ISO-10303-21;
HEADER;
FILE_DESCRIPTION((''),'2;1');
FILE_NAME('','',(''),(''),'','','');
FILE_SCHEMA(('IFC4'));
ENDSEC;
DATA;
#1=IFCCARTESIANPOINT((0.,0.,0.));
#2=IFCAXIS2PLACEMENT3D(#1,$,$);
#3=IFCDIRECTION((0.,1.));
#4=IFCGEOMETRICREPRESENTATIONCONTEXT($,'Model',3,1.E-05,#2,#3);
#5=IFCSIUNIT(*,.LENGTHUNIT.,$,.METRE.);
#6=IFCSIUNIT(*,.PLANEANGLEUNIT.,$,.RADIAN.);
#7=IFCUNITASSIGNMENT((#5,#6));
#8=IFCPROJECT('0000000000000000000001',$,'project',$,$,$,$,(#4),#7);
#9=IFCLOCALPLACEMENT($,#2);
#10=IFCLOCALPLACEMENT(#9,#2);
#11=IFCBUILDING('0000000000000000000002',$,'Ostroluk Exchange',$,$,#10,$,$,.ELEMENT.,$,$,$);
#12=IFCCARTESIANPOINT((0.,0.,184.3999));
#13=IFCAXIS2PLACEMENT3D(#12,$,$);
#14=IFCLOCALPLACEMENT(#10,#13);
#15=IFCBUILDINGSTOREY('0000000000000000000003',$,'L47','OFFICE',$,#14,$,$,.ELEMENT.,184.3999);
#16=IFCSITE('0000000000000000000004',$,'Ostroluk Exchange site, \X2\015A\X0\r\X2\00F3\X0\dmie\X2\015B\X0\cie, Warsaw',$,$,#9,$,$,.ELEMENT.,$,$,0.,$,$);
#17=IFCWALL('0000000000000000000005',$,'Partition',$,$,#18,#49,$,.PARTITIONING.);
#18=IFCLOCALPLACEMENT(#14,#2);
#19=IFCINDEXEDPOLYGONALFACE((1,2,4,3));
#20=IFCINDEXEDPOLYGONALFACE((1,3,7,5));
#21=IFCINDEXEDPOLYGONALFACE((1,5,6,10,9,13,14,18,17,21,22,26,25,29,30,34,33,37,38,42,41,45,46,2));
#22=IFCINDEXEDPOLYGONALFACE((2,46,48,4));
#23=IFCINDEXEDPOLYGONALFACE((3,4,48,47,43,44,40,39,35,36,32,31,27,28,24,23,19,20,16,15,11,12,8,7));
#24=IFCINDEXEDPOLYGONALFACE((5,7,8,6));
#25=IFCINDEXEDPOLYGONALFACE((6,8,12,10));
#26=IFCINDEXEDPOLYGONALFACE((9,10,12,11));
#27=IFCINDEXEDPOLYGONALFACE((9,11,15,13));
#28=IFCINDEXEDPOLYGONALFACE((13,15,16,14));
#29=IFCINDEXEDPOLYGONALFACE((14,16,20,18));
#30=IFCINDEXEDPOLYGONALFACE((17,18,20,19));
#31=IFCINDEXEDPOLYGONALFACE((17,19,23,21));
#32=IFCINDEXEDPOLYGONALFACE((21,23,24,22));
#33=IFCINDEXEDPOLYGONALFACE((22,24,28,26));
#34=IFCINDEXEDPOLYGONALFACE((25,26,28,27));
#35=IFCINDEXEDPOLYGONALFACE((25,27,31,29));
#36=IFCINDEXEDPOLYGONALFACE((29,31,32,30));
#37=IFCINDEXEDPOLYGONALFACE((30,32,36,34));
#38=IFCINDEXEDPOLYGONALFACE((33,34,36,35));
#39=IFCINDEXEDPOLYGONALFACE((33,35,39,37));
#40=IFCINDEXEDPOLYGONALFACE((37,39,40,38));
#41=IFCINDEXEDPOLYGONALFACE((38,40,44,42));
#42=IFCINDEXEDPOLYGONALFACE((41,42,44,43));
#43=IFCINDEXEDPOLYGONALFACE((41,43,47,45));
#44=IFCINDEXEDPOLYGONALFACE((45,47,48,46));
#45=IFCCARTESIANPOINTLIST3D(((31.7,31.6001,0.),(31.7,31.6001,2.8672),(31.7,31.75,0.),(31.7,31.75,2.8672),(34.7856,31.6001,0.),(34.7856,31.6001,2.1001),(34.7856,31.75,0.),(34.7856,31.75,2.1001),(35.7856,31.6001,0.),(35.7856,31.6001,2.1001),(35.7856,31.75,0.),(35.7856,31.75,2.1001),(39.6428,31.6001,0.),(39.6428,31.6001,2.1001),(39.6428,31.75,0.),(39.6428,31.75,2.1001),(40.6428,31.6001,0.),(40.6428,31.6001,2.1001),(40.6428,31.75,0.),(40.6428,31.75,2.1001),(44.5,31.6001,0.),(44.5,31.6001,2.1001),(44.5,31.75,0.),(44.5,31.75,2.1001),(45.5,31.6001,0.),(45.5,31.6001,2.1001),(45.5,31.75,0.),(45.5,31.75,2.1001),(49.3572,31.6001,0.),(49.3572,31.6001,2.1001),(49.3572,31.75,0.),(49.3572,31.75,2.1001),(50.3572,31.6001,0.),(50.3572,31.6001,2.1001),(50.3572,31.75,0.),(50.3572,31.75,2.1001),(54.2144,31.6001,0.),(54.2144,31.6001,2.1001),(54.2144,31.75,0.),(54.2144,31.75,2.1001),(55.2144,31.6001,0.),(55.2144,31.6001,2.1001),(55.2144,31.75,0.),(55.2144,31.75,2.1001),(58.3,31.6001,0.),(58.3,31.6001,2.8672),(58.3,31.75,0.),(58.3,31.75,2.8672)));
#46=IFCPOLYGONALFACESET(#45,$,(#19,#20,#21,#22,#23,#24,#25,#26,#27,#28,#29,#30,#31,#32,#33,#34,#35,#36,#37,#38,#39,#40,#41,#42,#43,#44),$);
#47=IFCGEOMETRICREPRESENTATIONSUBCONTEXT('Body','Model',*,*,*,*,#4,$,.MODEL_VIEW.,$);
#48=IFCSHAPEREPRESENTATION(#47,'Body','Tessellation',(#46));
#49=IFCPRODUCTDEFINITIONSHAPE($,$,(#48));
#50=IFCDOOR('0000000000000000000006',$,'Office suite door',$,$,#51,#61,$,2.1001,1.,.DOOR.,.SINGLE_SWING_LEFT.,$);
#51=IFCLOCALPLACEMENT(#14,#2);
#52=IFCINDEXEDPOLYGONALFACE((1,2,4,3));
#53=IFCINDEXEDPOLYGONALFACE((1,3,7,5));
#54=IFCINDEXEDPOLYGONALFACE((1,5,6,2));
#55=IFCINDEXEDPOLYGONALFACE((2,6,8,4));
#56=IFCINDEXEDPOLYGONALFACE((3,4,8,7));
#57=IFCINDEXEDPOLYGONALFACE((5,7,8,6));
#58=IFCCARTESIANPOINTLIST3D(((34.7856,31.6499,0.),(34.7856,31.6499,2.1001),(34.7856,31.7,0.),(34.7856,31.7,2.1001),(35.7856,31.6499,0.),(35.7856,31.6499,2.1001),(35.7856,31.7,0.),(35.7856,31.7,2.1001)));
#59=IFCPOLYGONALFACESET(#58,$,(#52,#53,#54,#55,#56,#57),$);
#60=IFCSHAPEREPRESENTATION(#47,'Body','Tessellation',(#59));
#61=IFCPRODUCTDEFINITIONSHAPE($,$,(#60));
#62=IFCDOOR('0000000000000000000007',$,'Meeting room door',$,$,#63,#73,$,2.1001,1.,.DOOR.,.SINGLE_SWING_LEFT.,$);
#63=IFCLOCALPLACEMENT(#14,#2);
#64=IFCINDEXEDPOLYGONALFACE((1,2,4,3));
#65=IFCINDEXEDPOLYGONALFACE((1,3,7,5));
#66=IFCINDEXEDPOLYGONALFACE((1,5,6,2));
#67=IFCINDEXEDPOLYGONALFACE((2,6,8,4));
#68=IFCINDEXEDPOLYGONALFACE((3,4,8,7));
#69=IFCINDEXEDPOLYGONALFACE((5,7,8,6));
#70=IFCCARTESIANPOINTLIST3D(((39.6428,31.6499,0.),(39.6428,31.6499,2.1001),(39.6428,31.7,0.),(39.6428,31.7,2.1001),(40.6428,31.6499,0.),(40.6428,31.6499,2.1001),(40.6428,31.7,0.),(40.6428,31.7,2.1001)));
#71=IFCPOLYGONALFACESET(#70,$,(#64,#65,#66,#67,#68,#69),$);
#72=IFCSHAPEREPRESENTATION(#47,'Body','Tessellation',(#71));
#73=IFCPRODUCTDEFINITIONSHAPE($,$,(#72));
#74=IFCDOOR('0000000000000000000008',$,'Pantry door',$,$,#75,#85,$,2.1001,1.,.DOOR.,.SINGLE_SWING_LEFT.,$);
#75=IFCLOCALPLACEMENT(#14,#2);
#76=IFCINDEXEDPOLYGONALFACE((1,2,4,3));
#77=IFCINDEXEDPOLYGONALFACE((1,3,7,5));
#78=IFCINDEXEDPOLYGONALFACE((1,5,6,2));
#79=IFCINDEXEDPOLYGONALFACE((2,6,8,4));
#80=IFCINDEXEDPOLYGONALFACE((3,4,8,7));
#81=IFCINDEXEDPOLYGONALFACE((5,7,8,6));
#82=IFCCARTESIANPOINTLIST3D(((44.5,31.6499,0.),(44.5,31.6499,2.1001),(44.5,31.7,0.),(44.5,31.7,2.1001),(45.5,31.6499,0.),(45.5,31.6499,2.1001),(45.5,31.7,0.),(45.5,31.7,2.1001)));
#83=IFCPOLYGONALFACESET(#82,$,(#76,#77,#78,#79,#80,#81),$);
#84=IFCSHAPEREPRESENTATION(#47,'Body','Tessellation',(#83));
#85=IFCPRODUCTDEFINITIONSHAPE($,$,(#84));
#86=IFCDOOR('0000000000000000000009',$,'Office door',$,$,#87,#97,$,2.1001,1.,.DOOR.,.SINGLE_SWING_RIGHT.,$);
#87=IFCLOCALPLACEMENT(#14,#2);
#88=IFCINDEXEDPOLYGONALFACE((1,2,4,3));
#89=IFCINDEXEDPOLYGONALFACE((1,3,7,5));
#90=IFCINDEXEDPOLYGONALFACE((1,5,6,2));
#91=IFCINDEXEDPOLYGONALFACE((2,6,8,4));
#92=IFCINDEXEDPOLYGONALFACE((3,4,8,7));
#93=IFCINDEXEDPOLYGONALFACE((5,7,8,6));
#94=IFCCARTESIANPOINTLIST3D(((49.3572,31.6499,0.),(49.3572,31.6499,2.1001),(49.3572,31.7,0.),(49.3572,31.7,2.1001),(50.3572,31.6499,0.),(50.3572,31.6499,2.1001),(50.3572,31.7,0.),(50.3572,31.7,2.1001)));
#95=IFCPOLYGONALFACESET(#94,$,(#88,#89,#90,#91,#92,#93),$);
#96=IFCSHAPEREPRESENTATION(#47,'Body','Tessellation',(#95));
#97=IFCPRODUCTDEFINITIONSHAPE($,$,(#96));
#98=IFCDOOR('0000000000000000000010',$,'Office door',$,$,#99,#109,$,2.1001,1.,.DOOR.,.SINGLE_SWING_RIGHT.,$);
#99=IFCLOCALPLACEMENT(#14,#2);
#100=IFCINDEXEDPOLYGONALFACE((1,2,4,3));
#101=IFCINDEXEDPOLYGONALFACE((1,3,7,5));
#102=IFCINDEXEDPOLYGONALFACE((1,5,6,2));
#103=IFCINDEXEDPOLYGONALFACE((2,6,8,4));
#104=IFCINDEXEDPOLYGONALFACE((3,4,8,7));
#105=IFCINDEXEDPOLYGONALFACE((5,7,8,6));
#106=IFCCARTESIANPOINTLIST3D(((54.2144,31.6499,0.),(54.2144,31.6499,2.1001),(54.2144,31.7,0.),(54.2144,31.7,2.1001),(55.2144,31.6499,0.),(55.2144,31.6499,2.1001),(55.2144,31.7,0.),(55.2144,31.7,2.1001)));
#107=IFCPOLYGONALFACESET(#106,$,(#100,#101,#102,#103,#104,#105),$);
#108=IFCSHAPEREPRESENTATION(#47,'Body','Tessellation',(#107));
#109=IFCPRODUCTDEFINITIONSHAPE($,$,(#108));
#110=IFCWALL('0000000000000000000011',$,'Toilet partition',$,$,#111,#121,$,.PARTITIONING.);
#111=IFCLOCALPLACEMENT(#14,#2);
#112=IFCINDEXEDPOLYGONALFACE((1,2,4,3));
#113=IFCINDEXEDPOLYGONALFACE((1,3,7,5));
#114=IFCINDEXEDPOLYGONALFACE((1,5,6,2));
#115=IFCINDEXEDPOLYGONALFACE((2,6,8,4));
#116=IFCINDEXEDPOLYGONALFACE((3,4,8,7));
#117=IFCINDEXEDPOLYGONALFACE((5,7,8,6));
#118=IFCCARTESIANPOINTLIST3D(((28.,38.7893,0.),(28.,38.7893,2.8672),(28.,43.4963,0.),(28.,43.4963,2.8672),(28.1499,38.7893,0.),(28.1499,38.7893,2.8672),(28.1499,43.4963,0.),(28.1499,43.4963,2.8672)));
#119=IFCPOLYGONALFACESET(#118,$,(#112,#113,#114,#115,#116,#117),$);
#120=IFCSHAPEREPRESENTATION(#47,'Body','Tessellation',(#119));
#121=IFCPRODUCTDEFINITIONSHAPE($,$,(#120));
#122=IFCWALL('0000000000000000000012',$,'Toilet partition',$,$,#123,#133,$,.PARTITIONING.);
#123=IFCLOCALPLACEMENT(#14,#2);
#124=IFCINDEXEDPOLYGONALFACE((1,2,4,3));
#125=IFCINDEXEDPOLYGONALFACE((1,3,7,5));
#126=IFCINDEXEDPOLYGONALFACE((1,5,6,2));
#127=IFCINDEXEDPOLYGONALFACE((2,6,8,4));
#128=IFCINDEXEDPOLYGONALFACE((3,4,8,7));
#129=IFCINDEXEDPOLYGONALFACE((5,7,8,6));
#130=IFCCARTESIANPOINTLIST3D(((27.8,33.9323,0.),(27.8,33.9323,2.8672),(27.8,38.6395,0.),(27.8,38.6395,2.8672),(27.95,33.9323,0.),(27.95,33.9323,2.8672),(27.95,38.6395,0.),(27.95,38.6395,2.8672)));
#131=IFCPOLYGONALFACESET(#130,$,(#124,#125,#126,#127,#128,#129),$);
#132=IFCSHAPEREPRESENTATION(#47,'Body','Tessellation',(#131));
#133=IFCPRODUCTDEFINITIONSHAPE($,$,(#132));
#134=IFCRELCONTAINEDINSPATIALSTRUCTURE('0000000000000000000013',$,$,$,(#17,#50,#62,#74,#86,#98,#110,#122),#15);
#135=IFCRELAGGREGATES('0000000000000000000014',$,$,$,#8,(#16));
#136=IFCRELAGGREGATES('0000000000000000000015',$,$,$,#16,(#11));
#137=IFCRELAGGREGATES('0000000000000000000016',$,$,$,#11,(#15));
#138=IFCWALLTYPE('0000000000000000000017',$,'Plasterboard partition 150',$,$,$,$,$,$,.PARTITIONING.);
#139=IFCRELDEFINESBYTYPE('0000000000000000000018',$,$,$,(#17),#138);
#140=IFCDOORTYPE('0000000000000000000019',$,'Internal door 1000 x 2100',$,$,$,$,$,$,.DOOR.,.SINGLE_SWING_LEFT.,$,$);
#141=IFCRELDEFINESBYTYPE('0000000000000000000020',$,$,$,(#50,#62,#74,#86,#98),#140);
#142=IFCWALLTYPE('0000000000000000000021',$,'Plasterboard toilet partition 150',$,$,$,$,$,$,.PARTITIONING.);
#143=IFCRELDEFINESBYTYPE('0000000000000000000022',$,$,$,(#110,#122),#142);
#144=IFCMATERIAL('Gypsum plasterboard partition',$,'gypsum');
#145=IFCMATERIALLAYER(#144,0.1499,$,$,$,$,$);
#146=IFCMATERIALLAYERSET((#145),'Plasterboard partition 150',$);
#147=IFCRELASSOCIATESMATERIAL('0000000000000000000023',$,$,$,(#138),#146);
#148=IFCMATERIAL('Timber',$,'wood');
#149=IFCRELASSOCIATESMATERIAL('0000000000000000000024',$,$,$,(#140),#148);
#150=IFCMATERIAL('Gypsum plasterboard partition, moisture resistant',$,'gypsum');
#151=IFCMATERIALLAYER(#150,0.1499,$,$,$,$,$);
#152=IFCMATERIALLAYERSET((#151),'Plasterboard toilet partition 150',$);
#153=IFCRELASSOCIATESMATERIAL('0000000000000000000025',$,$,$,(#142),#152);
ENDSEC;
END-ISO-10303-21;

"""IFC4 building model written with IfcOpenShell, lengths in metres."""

from ifc_helpers import new_model, si_unit, direction, frame, frame_2d, origin, place, context, subcontext, project, spatial, rectangle, extrude, material, layer, layer_set, type_object, element, fill, save


model = new_model("IFC4")

# Units and contexts
model_context = context("Model", 3, precision=1e-05, world=origin(), true_north=direction((0.0, 1.0)))
body_context = subcontext(model_context, "Body", "Model", "MODEL_VIEW")
ifc_project = project(units=[si_unit("LENGTHUNIT", "METRE"), si_unit("PLANEANGLEUNIT", "RADIAN")], contexts=[model_context])

# Site, building, storey
site_placement = place(None, origin())
site = spatial("IfcSite", under=ifc_project, at=site_placement, Name="Ostroluk Exchange site, Śródmieście, Warsaw", CompositionType="ELEMENT", RefElevation=0.0)
building_placement = place(site_placement, origin())
building = spatial("IfcBuilding", under=site, at=building_placement, Name="Ostroluk Exchange", CompositionType="ELEMENT")
storey_placement = place(building_placement, frame((0.0, 0.0, 184.3999)))
storey = spatial("IfcBuildingStorey", under=building, at=storey_placement, Name="L47", Description="OFFICE", CompositionType="ELEMENT", Elevation=184.3999)

# Shared definitions
ifc_material_1 = material(Name="Gypsum plasterboard partition", Category="gypsum")
ifc_layer_1 = layer(ifc_material_1, 0.1499)
ifc_layer_set_1 = layer_set([ifc_layer_1], Name="Plasterboard partition 150")
wall_type_1 = type_object("IfcWallType", Name="Plasterboard partition 150", PredefinedType="PARTITIONING", material=ifc_layer_set_1)

# Wall, openings, doors
wall_1_placement = place(storey_placement, frame((31.7, 31.675, 0.0), z_axis=(0.0, 0.0, 1.0), x_axis=(1.0, 0.0, 0.0)))
wall_1 = element("IfcWall", 1, at=wall_1_placement, inside=storey, type_object=wall_type_1, Name="Partition", PredefinedType="PARTITIONING", context=body_context, shape_type="SweptSolid", body=[
    extrude(rectangle(XDim=26.6001, YDim=0.1499, at=frame_2d((13.3, 0.0))), origin(), (0.0, 0.0, 1.0), 2.8672),
])
opening_1_placement = place(wall_1_placement, frame((3.0857, 0.0, 0.0)))
opening_1 = element("IfcOpeningElement", 2, at=opening_1_placement, cuts=wall_1, PredefinedType="OPENING", context=body_context, shape_type="SweptSolid", body=[
    extrude(rectangle(XDim=1.0, YDim=2.1001, at=frame_2d((0.5, 1.05))), frame((0.0, 0.085, 0.0), z_axis=(0.0, -1.0, 0.0), x_axis=(1.0, 0.0, 0.0)), (0.0, 0.0, 1.0), 0.1699),
])
opening_2_placement = place(wall_1_placement, frame((7.9429, 0.0, 0.0)))
opening_2 = element("IfcOpeningElement", 3, at=opening_2_placement, cuts=wall_1, PredefinedType="OPENING", context=body_context, shape_type="SweptSolid", body=[
    extrude(rectangle(XDim=1.0, YDim=2.1001, at=frame_2d((0.5, 1.05))), frame((0.0, 0.085, 0.0), z_axis=(0.0, -1.0, 0.0), x_axis=(1.0, 0.0, 0.0)), (0.0, 0.0, 1.0), 0.1699),
])
opening_3_placement = place(wall_1_placement, frame((12.8, 0.0, 0.0)))
opening_3 = element("IfcOpeningElement", 4, at=opening_3_placement, cuts=wall_1, PredefinedType="OPENING", context=body_context, shape_type="SweptSolid", body=[
    extrude(rectangle(XDim=1.0, YDim=2.1001, at=frame_2d((0.5, 1.05))), frame((0.0, 0.085, 0.0), z_axis=(0.0, -1.0, 0.0), x_axis=(1.0, 0.0, 0.0)), (0.0, 0.0, 1.0), 0.1699),
])
opening_4_placement = place(wall_1_placement, frame((17.6572, 0.0, 0.0)))
opening_4 = element("IfcOpeningElement", 5, at=opening_4_placement, cuts=wall_1, PredefinedType="OPENING", context=body_context, shape_type="SweptSolid", body=[
    extrude(rectangle(XDim=1.0, YDim=2.1001, at=frame_2d((0.5, 1.05))), frame((0.0, 0.085, 0.0), z_axis=(0.0, -1.0, 0.0), x_axis=(1.0, 0.0, 0.0)), (0.0, 0.0, 1.0), 0.1699),
])
opening_5_placement = place(wall_1_placement, frame((22.5144, 0.0, 0.0)))
opening_5 = element("IfcOpeningElement", 6, at=opening_5_placement, cuts=wall_1, PredefinedType="OPENING", context=body_context, shape_type="SweptSolid", body=[
    extrude(rectangle(XDim=1.0, YDim=2.1001, at=frame_2d((0.5, 1.05))), frame((0.0, 0.085, 0.0), z_axis=(0.0, -1.0, 0.0), x_axis=(1.0, 0.0, 0.0)), (0.0, 0.0, 1.0), 0.1699),
])
ifc_material_2 = material(Name="Timber", Category="wood")
door_type_1 = type_object("IfcDoorType", Name="Internal door 1000 x 2100", OperationType="SINGLE_SWING_LEFT", PredefinedType="DOOR", material=ifc_material_2)
door_1_placement = place(opening_1_placement, origin())
door_1 = element("IfcDoor", 7, at=door_1_placement, inside=storey, type_object=door_type_1, Name="Office suite door", OperationType="SINGLE_SWING_LEFT", OverallHeight=2.1001, OverallWidth=1.0, PredefinedType="DOOR", context=body_context, shape_type="SweptSolid", body=[
    extrude(rectangle(XDim=1.0, YDim=2.1001, at=frame_2d((0.5, 1.05))), frame((0.0, 0.0249, 0.0), z_axis=(0.0, -1.0, 0.0), x_axis=(1.0, 0.0, 0.0)), (0.0, 0.0, 1.0), 0.05),
])
fill(opening_1, door_1)
door_2_placement = place(opening_2_placement, origin())
door_2 = element("IfcDoor", 8, at=door_2_placement, inside=storey, type_object=door_type_1, Name="Meeting room door", OperationType="SINGLE_SWING_LEFT", OverallHeight=2.1001, OverallWidth=1.0, PredefinedType="DOOR", context=body_context, shape_type="SweptSolid", body=[
    extrude(rectangle(XDim=1.0, YDim=2.1001, at=frame_2d((0.5, 1.05))), frame((0.0, 0.0249, 0.0), z_axis=(0.0, -1.0, 0.0), x_axis=(1.0, 0.0, 0.0)), (0.0, 0.0, 1.0), 0.05),
])
fill(opening_2, door_2)
door_3_placement = place(opening_3_placement, origin())
door_3 = element("IfcDoor", 9, at=door_3_placement, inside=storey, type_object=door_type_1, Name="Pantry door", OperationType="SINGLE_SWING_LEFT", OverallHeight=2.1001, OverallWidth=1.0, PredefinedType="DOOR", context=body_context, shape_type="SweptSolid", body=[
    extrude(rectangle(XDim=1.0, YDim=2.1001, at=frame_2d((0.5, 1.05))), frame((0.0, 0.0249, 0.0), z_axis=(0.0, -1.0, 0.0), x_axis=(1.0, 0.0, 0.0)), (0.0, 0.0, 1.0), 0.05),
])
fill(opening_3, door_3)
door_4_placement = place(opening_4_placement, origin())
door_4 = element("IfcDoor", 10, at=door_4_placement, inside=storey, type_object=door_type_1, Name="Office door", OperationType="SINGLE_SWING_RIGHT", OverallHeight=2.1001, OverallWidth=1.0, PredefinedType="DOOR", context=body_context, shape_type="SweptSolid", body=[
    extrude(rectangle(XDim=1.0, YDim=2.1001, at=frame_2d((0.5, 1.05))), frame((0.0, 0.0249, 0.0), z_axis=(0.0, -1.0, 0.0), x_axis=(1.0, 0.0, 0.0)), (0.0, 0.0, 1.0), 0.05),
])
fill(opening_4, door_4)
door_5_placement = place(opening_5_placement, origin())
door_5 = element("IfcDoor", 11, at=door_5_placement, inside=storey, type_object=door_type_1, Name="Office door", OperationType="SINGLE_SWING_RIGHT", OverallHeight=2.1001, OverallWidth=1.0, PredefinedType="DOOR", context=body_context, shape_type="SweptSolid", body=[
    extrude(rectangle(XDim=1.0, YDim=2.1001, at=frame_2d((0.5, 1.05))), frame((0.0, 0.0249, 0.0), z_axis=(0.0, -1.0, 0.0), x_axis=(1.0, 0.0, 0.0)), (0.0, 0.0, 1.0), 0.05),
])
fill(opening_5, door_5)

# Walls
ifc_material_3 = material(Name="Gypsum plasterboard partition, moisture resistant", Category="gypsum")
ifc_layer_2 = layer(ifc_material_3, 0.1499)
ifc_layer_set_2 = layer_set([ifc_layer_2], Name="Plasterboard toilet partition 150")
wall_type_2 = type_object("IfcWallType", Name="Plasterboard toilet partition 150", PredefinedType="PARTITIONING", material=ifc_layer_set_2)
wall_2_placement = place(storey_placement, frame((28.075, 43.4963, 0.0), z_axis=(0.0, 0.0, 1.0), x_axis=(0.0, -1.0, 0.0)))
element("IfcWall", 12, at=wall_2_placement, inside=storey, type_object=wall_type_2, Name="Toilet partition", PredefinedType="PARTITIONING", context=body_context, shape_type="SweptSolid", body=[
    extrude(rectangle(XDim=4.707, YDim=0.1499, at=frame_2d((2.3535, 0.0))), origin(), (0.0, 0.0, 1.0), 2.8672),
])
wall_3_placement = place(storey_placement, frame((27.875, 38.6394, 0.0), z_axis=(0.0, 0.0, 1.0), x_axis=(0.0, -1.0, 0.0)))
element("IfcWall", 13, at=wall_3_placement, inside=storey, type_object=wall_type_2, Name="Toilet partition", PredefinedType="PARTITIONING", context=body_context, shape_type="SweptSolid", body=[
    extrude(rectangle(XDim=4.7073, YDim=0.1499, at=frame_2d((2.3535, 0.0))), origin(), (0.0, 0.0, 1.0), 2.8672),
])

save(model, "model.ifc")
